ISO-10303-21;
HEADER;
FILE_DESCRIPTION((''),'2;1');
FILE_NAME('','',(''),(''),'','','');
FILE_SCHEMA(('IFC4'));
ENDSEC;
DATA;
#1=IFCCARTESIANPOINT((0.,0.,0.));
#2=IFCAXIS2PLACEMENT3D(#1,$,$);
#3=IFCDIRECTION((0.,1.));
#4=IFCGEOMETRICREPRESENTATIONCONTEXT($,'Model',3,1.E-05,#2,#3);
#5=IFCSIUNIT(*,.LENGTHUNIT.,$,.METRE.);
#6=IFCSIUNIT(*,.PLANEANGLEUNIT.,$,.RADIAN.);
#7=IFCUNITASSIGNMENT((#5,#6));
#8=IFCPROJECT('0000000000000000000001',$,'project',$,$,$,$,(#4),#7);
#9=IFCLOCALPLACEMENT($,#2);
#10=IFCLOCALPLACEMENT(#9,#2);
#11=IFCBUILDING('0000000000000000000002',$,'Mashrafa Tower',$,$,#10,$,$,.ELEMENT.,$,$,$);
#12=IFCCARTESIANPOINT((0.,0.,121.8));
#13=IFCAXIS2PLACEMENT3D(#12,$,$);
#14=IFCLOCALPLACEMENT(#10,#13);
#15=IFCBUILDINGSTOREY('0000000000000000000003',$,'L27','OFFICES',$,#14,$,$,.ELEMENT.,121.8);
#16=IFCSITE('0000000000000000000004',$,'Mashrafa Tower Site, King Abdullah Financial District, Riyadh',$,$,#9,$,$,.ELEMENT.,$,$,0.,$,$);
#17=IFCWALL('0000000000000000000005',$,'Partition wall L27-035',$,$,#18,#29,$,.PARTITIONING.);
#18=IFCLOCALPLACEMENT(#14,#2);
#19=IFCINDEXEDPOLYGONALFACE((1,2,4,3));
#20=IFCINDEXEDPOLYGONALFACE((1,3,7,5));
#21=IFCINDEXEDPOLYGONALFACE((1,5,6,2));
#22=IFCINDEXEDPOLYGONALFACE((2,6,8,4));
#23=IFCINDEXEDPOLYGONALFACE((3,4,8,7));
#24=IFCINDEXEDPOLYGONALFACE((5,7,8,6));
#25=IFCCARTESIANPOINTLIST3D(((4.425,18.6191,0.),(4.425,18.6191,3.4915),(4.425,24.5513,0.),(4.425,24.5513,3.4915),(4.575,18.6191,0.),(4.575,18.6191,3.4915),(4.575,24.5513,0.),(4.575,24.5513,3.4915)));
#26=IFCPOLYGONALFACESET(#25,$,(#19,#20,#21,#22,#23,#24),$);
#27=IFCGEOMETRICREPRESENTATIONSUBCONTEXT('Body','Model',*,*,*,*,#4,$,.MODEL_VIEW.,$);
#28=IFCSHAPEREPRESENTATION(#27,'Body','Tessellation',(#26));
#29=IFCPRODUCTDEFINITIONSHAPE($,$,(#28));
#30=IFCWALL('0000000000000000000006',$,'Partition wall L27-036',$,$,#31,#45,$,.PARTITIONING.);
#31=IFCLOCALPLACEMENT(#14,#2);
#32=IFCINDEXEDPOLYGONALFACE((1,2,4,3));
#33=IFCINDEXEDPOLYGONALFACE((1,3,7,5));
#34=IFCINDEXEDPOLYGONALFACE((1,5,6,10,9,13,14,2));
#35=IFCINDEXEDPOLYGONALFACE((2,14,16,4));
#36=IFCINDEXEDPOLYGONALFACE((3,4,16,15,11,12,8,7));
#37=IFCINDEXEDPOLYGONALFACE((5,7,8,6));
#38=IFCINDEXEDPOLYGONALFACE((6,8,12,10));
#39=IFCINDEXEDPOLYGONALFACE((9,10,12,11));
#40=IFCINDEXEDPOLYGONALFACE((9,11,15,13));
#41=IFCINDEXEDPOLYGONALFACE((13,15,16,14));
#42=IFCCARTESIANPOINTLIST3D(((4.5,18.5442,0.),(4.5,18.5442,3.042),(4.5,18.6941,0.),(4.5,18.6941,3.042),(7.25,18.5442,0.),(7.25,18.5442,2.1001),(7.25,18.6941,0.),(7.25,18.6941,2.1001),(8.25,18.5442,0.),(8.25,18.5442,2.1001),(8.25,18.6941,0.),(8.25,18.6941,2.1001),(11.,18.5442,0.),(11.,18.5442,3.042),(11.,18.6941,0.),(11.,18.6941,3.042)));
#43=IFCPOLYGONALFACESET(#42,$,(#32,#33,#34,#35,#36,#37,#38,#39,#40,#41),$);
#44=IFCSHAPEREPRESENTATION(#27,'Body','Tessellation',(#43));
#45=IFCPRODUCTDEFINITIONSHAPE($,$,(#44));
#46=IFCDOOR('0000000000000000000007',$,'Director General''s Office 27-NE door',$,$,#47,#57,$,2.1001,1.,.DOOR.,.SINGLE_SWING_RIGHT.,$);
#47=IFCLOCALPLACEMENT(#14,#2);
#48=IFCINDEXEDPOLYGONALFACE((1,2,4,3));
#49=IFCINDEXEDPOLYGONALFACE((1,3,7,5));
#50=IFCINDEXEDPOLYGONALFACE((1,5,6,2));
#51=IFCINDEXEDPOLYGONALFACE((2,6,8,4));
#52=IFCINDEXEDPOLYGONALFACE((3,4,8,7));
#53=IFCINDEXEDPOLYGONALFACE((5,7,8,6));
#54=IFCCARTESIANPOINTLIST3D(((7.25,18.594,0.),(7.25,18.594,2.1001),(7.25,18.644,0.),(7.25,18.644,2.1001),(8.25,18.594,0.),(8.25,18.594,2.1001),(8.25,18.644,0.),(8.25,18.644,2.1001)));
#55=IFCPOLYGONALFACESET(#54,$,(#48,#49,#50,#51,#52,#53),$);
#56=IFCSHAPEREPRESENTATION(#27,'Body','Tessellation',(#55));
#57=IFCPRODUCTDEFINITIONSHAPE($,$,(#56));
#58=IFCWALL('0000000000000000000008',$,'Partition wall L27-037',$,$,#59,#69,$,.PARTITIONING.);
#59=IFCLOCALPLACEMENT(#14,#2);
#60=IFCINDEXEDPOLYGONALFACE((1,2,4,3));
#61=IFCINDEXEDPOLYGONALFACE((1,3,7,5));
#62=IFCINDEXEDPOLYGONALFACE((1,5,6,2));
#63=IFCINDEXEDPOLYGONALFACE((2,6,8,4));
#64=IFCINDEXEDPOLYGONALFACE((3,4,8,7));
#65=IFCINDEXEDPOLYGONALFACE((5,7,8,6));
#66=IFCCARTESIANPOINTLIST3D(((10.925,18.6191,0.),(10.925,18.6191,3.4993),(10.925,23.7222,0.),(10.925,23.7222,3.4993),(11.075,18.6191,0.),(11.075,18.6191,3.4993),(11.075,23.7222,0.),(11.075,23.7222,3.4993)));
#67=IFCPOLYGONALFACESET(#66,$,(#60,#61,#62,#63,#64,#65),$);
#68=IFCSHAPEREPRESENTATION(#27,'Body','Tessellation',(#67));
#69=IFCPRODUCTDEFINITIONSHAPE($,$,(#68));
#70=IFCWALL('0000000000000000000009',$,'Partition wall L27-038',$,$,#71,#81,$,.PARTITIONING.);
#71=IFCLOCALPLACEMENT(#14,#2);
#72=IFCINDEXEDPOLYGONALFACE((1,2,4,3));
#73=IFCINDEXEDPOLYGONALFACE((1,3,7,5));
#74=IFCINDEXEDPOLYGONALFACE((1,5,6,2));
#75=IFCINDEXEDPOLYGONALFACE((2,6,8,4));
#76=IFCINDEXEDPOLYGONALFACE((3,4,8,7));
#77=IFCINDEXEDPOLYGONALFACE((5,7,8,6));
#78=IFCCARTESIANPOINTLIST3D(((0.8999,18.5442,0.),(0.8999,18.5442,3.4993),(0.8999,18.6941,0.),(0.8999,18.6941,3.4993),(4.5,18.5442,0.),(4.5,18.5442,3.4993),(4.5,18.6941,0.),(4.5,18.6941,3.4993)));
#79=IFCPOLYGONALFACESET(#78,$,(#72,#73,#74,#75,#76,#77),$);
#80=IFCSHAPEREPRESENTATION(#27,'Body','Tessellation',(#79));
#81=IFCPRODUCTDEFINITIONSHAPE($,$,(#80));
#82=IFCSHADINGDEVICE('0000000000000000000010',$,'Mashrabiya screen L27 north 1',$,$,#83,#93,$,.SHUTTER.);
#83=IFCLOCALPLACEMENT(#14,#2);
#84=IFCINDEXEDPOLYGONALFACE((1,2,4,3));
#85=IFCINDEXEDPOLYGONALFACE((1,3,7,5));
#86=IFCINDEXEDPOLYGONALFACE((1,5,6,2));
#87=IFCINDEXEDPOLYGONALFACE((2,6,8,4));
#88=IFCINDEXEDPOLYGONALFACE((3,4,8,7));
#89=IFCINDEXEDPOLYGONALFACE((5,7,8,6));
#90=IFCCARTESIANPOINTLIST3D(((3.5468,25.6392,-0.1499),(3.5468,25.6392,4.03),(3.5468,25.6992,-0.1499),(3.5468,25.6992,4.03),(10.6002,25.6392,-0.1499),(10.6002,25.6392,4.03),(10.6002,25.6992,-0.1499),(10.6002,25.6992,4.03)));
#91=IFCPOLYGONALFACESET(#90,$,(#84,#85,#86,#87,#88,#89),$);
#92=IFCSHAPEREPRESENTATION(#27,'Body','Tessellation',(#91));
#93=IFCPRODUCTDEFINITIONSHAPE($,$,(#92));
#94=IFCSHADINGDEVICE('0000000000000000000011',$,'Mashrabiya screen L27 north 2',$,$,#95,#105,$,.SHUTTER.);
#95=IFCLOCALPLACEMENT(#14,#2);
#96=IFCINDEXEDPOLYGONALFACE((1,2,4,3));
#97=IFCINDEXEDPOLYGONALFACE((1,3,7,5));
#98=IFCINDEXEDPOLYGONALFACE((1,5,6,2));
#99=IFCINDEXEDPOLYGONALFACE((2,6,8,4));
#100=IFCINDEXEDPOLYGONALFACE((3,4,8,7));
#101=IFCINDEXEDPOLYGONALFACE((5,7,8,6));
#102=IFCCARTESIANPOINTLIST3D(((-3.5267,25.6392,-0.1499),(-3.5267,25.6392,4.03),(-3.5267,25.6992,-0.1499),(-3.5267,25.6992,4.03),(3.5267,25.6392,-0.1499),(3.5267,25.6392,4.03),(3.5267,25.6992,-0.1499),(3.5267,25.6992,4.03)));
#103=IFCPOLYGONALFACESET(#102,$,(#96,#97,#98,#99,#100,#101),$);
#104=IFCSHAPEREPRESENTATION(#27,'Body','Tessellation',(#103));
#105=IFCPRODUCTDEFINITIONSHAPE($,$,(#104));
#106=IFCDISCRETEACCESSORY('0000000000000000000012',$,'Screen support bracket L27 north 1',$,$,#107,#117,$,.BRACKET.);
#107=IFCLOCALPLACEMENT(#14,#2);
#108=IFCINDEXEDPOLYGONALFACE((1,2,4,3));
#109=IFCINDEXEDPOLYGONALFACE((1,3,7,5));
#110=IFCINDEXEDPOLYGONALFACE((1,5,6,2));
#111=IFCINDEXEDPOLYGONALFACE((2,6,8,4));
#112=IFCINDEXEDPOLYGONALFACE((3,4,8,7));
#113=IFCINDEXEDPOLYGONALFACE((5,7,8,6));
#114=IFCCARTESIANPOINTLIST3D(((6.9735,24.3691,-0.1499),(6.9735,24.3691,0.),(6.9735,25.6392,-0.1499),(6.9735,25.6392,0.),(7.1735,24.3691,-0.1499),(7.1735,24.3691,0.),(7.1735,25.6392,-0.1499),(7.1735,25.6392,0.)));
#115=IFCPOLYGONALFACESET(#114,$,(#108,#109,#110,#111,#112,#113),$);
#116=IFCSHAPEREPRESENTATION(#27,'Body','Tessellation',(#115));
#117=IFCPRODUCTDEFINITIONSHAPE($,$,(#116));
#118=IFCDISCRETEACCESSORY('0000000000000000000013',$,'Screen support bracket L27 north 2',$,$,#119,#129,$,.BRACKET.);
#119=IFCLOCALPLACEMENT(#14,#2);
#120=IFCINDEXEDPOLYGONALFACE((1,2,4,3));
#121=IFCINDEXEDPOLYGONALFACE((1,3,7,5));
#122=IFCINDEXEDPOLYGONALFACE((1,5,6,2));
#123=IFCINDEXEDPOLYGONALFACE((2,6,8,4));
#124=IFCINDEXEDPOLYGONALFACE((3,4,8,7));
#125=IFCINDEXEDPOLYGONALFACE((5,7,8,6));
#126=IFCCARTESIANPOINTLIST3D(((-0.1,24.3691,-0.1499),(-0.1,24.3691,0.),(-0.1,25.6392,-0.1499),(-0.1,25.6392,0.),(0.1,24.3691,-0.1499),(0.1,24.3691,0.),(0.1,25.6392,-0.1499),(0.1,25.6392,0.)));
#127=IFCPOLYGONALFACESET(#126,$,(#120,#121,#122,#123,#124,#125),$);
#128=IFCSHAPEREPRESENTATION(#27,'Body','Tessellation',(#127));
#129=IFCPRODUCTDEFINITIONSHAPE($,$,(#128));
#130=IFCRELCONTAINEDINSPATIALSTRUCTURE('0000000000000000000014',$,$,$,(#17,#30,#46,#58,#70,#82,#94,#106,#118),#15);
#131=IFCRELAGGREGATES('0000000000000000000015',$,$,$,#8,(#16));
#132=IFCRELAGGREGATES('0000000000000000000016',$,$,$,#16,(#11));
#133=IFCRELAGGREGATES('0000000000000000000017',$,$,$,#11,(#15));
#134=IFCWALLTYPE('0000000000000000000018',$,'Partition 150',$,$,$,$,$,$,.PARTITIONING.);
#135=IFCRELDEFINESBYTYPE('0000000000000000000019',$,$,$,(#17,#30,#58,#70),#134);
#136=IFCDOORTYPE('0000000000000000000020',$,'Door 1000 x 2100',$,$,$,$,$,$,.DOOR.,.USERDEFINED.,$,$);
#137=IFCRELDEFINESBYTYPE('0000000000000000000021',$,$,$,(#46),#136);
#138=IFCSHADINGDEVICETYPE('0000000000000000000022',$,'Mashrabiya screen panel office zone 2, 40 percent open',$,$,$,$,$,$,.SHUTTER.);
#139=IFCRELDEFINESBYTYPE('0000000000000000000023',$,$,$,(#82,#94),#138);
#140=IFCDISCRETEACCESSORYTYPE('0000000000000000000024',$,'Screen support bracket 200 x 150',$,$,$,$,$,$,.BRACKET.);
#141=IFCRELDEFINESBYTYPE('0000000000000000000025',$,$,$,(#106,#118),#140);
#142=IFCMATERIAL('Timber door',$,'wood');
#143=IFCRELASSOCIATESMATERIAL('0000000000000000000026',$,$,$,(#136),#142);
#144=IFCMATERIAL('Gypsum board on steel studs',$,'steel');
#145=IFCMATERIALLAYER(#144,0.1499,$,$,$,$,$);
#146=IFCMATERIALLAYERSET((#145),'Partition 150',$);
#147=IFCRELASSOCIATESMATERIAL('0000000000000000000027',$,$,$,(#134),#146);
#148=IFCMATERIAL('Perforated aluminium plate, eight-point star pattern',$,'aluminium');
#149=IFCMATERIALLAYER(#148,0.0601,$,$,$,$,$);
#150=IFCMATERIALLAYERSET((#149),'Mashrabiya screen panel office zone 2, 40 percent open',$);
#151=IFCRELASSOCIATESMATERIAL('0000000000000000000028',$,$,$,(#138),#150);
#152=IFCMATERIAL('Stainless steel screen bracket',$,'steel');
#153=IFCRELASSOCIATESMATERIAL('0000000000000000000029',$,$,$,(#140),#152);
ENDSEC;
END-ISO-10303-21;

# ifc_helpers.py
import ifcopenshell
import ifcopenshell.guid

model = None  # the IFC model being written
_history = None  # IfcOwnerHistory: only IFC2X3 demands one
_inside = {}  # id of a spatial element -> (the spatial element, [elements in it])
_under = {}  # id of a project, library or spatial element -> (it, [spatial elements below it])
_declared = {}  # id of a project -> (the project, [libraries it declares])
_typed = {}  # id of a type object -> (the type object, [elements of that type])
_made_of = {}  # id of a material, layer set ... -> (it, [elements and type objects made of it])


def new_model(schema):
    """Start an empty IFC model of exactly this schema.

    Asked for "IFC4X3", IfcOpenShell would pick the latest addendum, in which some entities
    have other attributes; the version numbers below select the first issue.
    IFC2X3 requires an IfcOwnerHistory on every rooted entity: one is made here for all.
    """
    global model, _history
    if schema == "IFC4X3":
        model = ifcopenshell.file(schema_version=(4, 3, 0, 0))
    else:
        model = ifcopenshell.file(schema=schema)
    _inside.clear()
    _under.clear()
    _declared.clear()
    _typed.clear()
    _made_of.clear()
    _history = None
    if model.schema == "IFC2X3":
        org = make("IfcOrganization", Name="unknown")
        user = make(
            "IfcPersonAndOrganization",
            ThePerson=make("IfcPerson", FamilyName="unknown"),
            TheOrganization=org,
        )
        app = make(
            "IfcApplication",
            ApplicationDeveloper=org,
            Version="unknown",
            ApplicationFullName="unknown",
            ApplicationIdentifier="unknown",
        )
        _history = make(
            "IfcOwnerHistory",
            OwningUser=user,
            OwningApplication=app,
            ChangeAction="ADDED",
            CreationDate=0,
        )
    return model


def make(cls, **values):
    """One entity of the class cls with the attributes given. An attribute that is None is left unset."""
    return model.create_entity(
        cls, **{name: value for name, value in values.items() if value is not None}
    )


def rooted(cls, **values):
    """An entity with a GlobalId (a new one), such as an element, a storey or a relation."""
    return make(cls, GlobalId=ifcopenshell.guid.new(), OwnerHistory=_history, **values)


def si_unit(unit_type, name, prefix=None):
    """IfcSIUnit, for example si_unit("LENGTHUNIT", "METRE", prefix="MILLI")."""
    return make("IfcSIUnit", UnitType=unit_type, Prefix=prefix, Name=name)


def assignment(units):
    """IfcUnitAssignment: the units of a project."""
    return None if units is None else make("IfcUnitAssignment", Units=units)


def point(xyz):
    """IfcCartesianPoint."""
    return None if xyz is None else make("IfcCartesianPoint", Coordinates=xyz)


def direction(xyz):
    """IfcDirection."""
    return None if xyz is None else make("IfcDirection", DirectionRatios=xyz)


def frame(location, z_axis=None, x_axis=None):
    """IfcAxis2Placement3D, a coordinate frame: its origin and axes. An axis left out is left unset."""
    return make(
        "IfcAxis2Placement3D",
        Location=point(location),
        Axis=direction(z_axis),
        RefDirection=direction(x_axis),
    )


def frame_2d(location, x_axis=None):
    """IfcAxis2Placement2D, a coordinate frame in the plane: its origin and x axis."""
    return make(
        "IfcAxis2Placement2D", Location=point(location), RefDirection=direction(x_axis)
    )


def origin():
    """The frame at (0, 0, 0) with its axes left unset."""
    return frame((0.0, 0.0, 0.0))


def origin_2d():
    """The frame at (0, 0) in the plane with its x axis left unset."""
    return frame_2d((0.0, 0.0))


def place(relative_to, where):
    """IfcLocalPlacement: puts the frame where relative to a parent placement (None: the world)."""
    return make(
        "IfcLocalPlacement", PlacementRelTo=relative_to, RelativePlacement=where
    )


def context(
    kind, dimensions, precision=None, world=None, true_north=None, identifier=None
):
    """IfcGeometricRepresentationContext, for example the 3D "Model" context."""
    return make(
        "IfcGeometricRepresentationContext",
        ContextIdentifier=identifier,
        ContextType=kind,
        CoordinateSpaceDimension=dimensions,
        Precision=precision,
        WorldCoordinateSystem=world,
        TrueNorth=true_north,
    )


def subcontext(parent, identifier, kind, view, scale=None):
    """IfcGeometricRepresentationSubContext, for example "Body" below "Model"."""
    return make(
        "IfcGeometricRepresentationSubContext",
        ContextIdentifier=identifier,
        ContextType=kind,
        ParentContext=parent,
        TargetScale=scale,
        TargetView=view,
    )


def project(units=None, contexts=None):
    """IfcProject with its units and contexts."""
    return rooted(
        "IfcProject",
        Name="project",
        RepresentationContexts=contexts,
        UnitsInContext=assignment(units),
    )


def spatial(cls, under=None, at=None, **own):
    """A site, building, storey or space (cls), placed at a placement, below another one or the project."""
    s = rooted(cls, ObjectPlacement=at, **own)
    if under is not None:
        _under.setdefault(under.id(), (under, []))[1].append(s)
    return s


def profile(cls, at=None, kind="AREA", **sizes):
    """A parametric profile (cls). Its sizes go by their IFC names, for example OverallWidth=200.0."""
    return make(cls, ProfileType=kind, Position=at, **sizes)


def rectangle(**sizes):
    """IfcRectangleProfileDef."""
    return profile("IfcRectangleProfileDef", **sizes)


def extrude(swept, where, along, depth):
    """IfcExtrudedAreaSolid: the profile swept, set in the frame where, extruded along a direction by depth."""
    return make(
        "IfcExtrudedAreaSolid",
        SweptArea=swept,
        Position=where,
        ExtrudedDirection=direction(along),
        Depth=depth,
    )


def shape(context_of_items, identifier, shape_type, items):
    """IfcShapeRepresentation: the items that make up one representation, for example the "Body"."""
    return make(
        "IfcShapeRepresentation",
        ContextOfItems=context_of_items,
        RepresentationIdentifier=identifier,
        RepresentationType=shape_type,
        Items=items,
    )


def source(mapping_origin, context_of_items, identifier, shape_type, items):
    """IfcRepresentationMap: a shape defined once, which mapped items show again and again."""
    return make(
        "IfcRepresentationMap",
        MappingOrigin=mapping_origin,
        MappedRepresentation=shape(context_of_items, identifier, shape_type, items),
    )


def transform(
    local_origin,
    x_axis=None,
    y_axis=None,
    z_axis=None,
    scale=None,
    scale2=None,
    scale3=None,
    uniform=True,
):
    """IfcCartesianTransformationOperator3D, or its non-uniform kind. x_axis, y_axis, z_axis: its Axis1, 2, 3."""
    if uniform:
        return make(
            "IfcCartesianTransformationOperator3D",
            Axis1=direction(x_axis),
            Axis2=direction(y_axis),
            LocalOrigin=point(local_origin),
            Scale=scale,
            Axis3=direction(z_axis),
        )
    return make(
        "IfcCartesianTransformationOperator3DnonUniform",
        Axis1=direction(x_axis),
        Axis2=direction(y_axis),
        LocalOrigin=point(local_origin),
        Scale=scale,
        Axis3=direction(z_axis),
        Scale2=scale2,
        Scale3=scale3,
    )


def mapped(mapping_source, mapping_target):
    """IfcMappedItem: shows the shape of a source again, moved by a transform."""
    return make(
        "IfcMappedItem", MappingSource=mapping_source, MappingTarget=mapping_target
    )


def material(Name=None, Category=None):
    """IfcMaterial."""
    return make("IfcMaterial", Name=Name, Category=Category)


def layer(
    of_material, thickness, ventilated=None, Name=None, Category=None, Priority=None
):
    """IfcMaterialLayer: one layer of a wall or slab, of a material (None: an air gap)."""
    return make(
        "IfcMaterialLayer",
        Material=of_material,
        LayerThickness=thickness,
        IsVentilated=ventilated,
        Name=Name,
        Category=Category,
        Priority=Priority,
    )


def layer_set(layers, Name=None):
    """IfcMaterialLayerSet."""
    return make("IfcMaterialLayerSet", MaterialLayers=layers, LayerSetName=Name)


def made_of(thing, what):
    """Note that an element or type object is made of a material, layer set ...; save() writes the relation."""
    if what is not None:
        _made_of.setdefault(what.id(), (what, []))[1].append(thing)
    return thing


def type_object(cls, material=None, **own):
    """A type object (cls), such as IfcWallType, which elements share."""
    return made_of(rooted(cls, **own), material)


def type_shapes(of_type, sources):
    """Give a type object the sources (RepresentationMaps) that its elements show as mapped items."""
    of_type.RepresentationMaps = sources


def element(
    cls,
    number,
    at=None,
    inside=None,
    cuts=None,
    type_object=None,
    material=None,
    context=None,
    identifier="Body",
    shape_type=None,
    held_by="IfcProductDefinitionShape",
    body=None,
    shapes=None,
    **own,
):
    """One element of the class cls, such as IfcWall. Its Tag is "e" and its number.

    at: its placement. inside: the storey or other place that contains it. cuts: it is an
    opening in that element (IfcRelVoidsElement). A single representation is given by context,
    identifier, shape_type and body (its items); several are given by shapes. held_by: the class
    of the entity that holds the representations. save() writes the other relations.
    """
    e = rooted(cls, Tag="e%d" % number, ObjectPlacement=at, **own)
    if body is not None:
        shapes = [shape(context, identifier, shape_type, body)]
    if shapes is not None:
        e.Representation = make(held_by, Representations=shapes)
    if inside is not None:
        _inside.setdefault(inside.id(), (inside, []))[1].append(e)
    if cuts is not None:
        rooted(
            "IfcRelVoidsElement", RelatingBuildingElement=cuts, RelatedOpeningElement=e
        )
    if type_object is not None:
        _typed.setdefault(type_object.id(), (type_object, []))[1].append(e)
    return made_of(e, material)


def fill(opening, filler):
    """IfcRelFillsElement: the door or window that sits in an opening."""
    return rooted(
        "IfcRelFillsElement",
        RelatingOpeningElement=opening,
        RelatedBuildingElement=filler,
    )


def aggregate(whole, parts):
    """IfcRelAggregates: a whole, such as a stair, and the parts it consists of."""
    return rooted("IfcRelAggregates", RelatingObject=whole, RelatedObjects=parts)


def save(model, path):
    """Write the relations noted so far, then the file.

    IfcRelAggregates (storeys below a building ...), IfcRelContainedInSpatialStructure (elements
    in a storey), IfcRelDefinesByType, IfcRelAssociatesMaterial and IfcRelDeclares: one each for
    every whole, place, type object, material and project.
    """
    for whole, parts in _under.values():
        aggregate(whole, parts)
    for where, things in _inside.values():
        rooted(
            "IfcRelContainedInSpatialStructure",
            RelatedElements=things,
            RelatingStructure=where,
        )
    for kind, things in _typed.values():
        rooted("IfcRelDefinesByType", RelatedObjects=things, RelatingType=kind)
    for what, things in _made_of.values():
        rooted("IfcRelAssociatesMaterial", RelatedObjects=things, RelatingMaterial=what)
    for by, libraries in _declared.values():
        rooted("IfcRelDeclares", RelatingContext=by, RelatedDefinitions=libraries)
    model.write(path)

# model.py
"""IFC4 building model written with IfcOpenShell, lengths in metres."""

from ifc_helpers import new_model, si_unit, direction, frame, frame_2d, origin, origin_2d, place, context, subcontext, project, spatial, rectangle, extrude, source, transform, mapped, material, layer, layer_set, type_object, type_shapes, element, fill, save


model = new_model("IFC4")

# Units and contexts
model_context = context("Model", 3, precision=1e-05, world=origin(), true_north=direction((0.0, 1.0)))
body_context = subcontext(model_context, "Body", "Model", "MODEL_VIEW")
ifc_project = project(units=[si_unit("LENGTHUNIT", "METRE"), si_unit("PLANEANGLEUNIT", "RADIAN")], contexts=[model_context])

# Site, building, storey
site_placement = place(None, origin())
site = spatial("IfcSite", under=ifc_project, at=site_placement, Name="Mashrafa Tower Site, King Abdullah Financial District, Riyadh", CompositionType="ELEMENT", RefElevation=0.0)
building_placement = place(site_placement, origin())
building = spatial("IfcBuilding", under=site, at=building_placement, Name="Mashrafa Tower", CompositionType="ELEMENT")
storey_placement = place(building_placement, frame((0.0, 0.0, 121.8)))
storey = spatial("IfcBuildingStorey", under=building, at=storey_placement, Name="L27", Description="OFFICES", CompositionType="ELEMENT", Elevation=121.8)

# Shared definitions
ifc_material_1 = material(Name="Timber door", Category="wood")
door_type = type_object("IfcDoorType", Name="Door 1000 x 2100", OperationType="USERDEFINED", PredefinedType="DOOR", material=ifc_material_1)

# Wall
ifc_material_2 = material(Name="Gypsum board on steel studs", Category="steel")
ifc_layer_1 = layer(ifc_material_2, 0.1499)
ifc_layer_set_1 = layer_set([ifc_layer_1], Name="Partition 150")
wall_type_1 = type_object("IfcWallType", Name="Partition 150", PredefinedType="PARTITIONING", material=ifc_layer_set_1)
wall_1_placement = place(storey_placement, frame((4.5, 24.5513, 0.0), z_axis=(0.0, 0.0, 1.0), x_axis=(0.0, -1.0, 0.0)))
element("IfcWall", 1, at=wall_1_placement, inside=storey, type_object=wall_type_1, Name="Partition wall L27-035", PredefinedType="PARTITIONING", context=body_context, shape_type="SweptSolid", body=[
    extrude(rectangle(XDim=5.9321, YDim=0.1499, at=frame_2d((2.9661, 0.0))), origin(), (0.0, 0.0, 1.0), 3.4915),
])

# Wall, opening, door
wall_2_placement = place(storey_placement, frame((4.5, 18.6191, 0.0), z_axis=(0.0, 0.0, 1.0), x_axis=(1.0, 0.0, 0.0)))
wall_2 = element("IfcWall", 2, at=wall_2_placement, inside=storey, type_object=wall_type_1, Name="Partition wall L27-036", PredefinedType="PARTITIONING", context=body_context, shape_type="SweptSolid", body=[
    extrude(rectangle(XDim=6.5, YDim=0.1499, at=frame_2d((3.25, 0.0))), origin(), (0.0, 0.0, 1.0), 3.042),
])
opening_1_placement = place(wall_2_placement, frame((2.75, 0.0, 0.0)))
opening_1 = element("IfcOpeningElement", 3, at=opening_1_placement, cuts=wall_2, PredefinedType="OPENING", context=body_context, shape_type="SweptSolid", body=[
    extrude(rectangle(XDim=1.0, YDim=2.1001, at=frame_2d((0.5, 1.05))), frame((0.0, 0.085, 0.0), z_axis=(0.0, -1.0, 0.0), x_axis=(1.0, 0.0, 0.0)), (0.0, 0.0, 1.0), 0.1699),
])
door_1_placement = place(opening_1_placement, origin())
door_1 = element("IfcDoor", 4, at=door_1_placement, inside=storey, type_object=door_type, Name="Director General's Office 27-NE door", OperationType="SINGLE_SWING_RIGHT", OverallHeight=2.1001, OverallWidth=1.0, PredefinedType="DOOR", context=body_context, shape_type="SweptSolid", body=[
    extrude(rectangle(XDim=1.0, YDim=2.1001, at=frame_2d((0.5, 1.05))), frame((0.0, 0.0249, 0.0), z_axis=(0.0, -1.0, 0.0), x_axis=(1.0, 0.0, 0.0)), (0.0, 0.0, 1.0), 0.05),
])
fill(opening_1, door_1)

# Walls
wall_3_placement = place(storey_placement, frame((11.0, 18.6191, 0.0), z_axis=(0.0, 0.0, 1.0), x_axis=(0.0, 1.0, 0.0)))
element("IfcWall", 5, at=wall_3_placement, inside=storey, type_object=wall_type_1, Name="Partition wall L27-037", PredefinedType="PARTITIONING", context=body_context, shape_type="SweptSolid", body=[
    extrude(rectangle(XDim=5.103, YDim=0.1499, at=frame_2d((2.5515, 0.0))), origin(), (0.0, 0.0, 1.0), 3.4993),
])
wall_4_placement = place(storey_placement, frame((0.8999, 18.6191, 0.0), z_axis=(0.0, 0.0, 1.0), x_axis=(1.0, 0.0, 0.0)))
element("IfcWall", 6, at=wall_4_placement, inside=storey, type_object=wall_type_1, Name="Partition wall L27-038", PredefinedType="PARTITIONING", context=body_context, shape_type="SweptSolid", body=[
    extrude(rectangle(XDim=3.6001, YDim=0.1499, at=frame_2d((1.8, 0.0))), origin(), (0.0, 0.0, 1.0), 3.4993),
])

# Shading devices
ifc_material_3 = material(Name="Perforated aluminium plate, eight-point star pattern", Category="aluminium")
ifc_layer_2 = layer(ifc_material_3, 0.0601)
ifc_layer_set_2 = layer_set([ifc_layer_2], Name="Mashrabiya screen panel office zone 2, 40 percent open")
shading_device_type = type_object("IfcShadingDeviceType", Name="Mashrabiya screen panel office zone 2, 40 percent open", PredefinedType="SHUTTER", material=ifc_layer_set_2)
shared_shape_1 = source(origin(), body_context, "Body", "SweptSolid", [
    extrude(rectangle(XDim=7.0535, YDim=0.0601, at=origin_2d()), origin(), (0.0, 0.0, 1.0), 4.1799),
])
type_shapes(shading_device_type, [shared_shape_1])
for number, where, z_axis, x_axis, name in (
    (7, (7.0735, 25.6692, -0.1499), (0.0, 0.0, 1.0), (-1.0, 0.0, 0.0), "Mashrabiya screen L27 north 1"),
    (8, (0.0, 25.6692, -0.1499), (0.0, 0.0, 1.0), (-1.0, 0.0, 0.0), "Mashrabiya screen L27 north 2"),
):
    element("IfcShadingDevice", number, at=place(storey_placement, frame(where, z_axis=z_axis, x_axis=x_axis)), inside=storey, type_object=shading_device_type, Name=name, PredefinedType="SHUTTER", context=body_context, shape_type="MappedRepresentation", body=[
        mapped(shared_shape_1, transform((0.0, 0.0, 0.0))),
    ])

# Discrete accessories
ifc_material_4 = material(Name="Stainless steel screen bracket", Category="steel")
discrete_accessory_type = type_object("IfcDiscreteAccessoryType", Name="Screen support bracket 200 x 150", PredefinedType="BRACKET", material=ifc_material_4)
shared_shape_2 = source(origin(), body_context, "Body", "SweptSolid", [
    extrude(rectangle(XDim=0.2, YDim=1.27, at=origin_2d()), origin(), (0.0, 0.0, 1.0), 0.1499),
])
type_shapes(discrete_accessory_type, [shared_shape_2])
for number, where, z_axis, x_axis, name in (
    (9, (7.0735, 25.0042, -0.1499), (0.0, 0.0, 1.0), (-1.0, 0.0, 0.0), "Screen support bracket L27 north 1"),
    (10, (0.0, 25.0042, -0.1499), (0.0, 0.0, 1.0), (-1.0, 0.0, 0.0), "Screen support bracket L27 north 2"),
):
    element("IfcDiscreteAccessory", number, at=place(storey_placement, frame(where, z_axis=z_axis, x_axis=x_axis)), inside=storey, type_object=discrete_accessory_type, Name=name, PredefinedType="BRACKET", context=body_context, shape_type="MappedRepresentation", body=[
        mapped(shared_shape_2, transform((0.0, 0.0, 0.0))),
    ])

save(model, "model.ifc")
